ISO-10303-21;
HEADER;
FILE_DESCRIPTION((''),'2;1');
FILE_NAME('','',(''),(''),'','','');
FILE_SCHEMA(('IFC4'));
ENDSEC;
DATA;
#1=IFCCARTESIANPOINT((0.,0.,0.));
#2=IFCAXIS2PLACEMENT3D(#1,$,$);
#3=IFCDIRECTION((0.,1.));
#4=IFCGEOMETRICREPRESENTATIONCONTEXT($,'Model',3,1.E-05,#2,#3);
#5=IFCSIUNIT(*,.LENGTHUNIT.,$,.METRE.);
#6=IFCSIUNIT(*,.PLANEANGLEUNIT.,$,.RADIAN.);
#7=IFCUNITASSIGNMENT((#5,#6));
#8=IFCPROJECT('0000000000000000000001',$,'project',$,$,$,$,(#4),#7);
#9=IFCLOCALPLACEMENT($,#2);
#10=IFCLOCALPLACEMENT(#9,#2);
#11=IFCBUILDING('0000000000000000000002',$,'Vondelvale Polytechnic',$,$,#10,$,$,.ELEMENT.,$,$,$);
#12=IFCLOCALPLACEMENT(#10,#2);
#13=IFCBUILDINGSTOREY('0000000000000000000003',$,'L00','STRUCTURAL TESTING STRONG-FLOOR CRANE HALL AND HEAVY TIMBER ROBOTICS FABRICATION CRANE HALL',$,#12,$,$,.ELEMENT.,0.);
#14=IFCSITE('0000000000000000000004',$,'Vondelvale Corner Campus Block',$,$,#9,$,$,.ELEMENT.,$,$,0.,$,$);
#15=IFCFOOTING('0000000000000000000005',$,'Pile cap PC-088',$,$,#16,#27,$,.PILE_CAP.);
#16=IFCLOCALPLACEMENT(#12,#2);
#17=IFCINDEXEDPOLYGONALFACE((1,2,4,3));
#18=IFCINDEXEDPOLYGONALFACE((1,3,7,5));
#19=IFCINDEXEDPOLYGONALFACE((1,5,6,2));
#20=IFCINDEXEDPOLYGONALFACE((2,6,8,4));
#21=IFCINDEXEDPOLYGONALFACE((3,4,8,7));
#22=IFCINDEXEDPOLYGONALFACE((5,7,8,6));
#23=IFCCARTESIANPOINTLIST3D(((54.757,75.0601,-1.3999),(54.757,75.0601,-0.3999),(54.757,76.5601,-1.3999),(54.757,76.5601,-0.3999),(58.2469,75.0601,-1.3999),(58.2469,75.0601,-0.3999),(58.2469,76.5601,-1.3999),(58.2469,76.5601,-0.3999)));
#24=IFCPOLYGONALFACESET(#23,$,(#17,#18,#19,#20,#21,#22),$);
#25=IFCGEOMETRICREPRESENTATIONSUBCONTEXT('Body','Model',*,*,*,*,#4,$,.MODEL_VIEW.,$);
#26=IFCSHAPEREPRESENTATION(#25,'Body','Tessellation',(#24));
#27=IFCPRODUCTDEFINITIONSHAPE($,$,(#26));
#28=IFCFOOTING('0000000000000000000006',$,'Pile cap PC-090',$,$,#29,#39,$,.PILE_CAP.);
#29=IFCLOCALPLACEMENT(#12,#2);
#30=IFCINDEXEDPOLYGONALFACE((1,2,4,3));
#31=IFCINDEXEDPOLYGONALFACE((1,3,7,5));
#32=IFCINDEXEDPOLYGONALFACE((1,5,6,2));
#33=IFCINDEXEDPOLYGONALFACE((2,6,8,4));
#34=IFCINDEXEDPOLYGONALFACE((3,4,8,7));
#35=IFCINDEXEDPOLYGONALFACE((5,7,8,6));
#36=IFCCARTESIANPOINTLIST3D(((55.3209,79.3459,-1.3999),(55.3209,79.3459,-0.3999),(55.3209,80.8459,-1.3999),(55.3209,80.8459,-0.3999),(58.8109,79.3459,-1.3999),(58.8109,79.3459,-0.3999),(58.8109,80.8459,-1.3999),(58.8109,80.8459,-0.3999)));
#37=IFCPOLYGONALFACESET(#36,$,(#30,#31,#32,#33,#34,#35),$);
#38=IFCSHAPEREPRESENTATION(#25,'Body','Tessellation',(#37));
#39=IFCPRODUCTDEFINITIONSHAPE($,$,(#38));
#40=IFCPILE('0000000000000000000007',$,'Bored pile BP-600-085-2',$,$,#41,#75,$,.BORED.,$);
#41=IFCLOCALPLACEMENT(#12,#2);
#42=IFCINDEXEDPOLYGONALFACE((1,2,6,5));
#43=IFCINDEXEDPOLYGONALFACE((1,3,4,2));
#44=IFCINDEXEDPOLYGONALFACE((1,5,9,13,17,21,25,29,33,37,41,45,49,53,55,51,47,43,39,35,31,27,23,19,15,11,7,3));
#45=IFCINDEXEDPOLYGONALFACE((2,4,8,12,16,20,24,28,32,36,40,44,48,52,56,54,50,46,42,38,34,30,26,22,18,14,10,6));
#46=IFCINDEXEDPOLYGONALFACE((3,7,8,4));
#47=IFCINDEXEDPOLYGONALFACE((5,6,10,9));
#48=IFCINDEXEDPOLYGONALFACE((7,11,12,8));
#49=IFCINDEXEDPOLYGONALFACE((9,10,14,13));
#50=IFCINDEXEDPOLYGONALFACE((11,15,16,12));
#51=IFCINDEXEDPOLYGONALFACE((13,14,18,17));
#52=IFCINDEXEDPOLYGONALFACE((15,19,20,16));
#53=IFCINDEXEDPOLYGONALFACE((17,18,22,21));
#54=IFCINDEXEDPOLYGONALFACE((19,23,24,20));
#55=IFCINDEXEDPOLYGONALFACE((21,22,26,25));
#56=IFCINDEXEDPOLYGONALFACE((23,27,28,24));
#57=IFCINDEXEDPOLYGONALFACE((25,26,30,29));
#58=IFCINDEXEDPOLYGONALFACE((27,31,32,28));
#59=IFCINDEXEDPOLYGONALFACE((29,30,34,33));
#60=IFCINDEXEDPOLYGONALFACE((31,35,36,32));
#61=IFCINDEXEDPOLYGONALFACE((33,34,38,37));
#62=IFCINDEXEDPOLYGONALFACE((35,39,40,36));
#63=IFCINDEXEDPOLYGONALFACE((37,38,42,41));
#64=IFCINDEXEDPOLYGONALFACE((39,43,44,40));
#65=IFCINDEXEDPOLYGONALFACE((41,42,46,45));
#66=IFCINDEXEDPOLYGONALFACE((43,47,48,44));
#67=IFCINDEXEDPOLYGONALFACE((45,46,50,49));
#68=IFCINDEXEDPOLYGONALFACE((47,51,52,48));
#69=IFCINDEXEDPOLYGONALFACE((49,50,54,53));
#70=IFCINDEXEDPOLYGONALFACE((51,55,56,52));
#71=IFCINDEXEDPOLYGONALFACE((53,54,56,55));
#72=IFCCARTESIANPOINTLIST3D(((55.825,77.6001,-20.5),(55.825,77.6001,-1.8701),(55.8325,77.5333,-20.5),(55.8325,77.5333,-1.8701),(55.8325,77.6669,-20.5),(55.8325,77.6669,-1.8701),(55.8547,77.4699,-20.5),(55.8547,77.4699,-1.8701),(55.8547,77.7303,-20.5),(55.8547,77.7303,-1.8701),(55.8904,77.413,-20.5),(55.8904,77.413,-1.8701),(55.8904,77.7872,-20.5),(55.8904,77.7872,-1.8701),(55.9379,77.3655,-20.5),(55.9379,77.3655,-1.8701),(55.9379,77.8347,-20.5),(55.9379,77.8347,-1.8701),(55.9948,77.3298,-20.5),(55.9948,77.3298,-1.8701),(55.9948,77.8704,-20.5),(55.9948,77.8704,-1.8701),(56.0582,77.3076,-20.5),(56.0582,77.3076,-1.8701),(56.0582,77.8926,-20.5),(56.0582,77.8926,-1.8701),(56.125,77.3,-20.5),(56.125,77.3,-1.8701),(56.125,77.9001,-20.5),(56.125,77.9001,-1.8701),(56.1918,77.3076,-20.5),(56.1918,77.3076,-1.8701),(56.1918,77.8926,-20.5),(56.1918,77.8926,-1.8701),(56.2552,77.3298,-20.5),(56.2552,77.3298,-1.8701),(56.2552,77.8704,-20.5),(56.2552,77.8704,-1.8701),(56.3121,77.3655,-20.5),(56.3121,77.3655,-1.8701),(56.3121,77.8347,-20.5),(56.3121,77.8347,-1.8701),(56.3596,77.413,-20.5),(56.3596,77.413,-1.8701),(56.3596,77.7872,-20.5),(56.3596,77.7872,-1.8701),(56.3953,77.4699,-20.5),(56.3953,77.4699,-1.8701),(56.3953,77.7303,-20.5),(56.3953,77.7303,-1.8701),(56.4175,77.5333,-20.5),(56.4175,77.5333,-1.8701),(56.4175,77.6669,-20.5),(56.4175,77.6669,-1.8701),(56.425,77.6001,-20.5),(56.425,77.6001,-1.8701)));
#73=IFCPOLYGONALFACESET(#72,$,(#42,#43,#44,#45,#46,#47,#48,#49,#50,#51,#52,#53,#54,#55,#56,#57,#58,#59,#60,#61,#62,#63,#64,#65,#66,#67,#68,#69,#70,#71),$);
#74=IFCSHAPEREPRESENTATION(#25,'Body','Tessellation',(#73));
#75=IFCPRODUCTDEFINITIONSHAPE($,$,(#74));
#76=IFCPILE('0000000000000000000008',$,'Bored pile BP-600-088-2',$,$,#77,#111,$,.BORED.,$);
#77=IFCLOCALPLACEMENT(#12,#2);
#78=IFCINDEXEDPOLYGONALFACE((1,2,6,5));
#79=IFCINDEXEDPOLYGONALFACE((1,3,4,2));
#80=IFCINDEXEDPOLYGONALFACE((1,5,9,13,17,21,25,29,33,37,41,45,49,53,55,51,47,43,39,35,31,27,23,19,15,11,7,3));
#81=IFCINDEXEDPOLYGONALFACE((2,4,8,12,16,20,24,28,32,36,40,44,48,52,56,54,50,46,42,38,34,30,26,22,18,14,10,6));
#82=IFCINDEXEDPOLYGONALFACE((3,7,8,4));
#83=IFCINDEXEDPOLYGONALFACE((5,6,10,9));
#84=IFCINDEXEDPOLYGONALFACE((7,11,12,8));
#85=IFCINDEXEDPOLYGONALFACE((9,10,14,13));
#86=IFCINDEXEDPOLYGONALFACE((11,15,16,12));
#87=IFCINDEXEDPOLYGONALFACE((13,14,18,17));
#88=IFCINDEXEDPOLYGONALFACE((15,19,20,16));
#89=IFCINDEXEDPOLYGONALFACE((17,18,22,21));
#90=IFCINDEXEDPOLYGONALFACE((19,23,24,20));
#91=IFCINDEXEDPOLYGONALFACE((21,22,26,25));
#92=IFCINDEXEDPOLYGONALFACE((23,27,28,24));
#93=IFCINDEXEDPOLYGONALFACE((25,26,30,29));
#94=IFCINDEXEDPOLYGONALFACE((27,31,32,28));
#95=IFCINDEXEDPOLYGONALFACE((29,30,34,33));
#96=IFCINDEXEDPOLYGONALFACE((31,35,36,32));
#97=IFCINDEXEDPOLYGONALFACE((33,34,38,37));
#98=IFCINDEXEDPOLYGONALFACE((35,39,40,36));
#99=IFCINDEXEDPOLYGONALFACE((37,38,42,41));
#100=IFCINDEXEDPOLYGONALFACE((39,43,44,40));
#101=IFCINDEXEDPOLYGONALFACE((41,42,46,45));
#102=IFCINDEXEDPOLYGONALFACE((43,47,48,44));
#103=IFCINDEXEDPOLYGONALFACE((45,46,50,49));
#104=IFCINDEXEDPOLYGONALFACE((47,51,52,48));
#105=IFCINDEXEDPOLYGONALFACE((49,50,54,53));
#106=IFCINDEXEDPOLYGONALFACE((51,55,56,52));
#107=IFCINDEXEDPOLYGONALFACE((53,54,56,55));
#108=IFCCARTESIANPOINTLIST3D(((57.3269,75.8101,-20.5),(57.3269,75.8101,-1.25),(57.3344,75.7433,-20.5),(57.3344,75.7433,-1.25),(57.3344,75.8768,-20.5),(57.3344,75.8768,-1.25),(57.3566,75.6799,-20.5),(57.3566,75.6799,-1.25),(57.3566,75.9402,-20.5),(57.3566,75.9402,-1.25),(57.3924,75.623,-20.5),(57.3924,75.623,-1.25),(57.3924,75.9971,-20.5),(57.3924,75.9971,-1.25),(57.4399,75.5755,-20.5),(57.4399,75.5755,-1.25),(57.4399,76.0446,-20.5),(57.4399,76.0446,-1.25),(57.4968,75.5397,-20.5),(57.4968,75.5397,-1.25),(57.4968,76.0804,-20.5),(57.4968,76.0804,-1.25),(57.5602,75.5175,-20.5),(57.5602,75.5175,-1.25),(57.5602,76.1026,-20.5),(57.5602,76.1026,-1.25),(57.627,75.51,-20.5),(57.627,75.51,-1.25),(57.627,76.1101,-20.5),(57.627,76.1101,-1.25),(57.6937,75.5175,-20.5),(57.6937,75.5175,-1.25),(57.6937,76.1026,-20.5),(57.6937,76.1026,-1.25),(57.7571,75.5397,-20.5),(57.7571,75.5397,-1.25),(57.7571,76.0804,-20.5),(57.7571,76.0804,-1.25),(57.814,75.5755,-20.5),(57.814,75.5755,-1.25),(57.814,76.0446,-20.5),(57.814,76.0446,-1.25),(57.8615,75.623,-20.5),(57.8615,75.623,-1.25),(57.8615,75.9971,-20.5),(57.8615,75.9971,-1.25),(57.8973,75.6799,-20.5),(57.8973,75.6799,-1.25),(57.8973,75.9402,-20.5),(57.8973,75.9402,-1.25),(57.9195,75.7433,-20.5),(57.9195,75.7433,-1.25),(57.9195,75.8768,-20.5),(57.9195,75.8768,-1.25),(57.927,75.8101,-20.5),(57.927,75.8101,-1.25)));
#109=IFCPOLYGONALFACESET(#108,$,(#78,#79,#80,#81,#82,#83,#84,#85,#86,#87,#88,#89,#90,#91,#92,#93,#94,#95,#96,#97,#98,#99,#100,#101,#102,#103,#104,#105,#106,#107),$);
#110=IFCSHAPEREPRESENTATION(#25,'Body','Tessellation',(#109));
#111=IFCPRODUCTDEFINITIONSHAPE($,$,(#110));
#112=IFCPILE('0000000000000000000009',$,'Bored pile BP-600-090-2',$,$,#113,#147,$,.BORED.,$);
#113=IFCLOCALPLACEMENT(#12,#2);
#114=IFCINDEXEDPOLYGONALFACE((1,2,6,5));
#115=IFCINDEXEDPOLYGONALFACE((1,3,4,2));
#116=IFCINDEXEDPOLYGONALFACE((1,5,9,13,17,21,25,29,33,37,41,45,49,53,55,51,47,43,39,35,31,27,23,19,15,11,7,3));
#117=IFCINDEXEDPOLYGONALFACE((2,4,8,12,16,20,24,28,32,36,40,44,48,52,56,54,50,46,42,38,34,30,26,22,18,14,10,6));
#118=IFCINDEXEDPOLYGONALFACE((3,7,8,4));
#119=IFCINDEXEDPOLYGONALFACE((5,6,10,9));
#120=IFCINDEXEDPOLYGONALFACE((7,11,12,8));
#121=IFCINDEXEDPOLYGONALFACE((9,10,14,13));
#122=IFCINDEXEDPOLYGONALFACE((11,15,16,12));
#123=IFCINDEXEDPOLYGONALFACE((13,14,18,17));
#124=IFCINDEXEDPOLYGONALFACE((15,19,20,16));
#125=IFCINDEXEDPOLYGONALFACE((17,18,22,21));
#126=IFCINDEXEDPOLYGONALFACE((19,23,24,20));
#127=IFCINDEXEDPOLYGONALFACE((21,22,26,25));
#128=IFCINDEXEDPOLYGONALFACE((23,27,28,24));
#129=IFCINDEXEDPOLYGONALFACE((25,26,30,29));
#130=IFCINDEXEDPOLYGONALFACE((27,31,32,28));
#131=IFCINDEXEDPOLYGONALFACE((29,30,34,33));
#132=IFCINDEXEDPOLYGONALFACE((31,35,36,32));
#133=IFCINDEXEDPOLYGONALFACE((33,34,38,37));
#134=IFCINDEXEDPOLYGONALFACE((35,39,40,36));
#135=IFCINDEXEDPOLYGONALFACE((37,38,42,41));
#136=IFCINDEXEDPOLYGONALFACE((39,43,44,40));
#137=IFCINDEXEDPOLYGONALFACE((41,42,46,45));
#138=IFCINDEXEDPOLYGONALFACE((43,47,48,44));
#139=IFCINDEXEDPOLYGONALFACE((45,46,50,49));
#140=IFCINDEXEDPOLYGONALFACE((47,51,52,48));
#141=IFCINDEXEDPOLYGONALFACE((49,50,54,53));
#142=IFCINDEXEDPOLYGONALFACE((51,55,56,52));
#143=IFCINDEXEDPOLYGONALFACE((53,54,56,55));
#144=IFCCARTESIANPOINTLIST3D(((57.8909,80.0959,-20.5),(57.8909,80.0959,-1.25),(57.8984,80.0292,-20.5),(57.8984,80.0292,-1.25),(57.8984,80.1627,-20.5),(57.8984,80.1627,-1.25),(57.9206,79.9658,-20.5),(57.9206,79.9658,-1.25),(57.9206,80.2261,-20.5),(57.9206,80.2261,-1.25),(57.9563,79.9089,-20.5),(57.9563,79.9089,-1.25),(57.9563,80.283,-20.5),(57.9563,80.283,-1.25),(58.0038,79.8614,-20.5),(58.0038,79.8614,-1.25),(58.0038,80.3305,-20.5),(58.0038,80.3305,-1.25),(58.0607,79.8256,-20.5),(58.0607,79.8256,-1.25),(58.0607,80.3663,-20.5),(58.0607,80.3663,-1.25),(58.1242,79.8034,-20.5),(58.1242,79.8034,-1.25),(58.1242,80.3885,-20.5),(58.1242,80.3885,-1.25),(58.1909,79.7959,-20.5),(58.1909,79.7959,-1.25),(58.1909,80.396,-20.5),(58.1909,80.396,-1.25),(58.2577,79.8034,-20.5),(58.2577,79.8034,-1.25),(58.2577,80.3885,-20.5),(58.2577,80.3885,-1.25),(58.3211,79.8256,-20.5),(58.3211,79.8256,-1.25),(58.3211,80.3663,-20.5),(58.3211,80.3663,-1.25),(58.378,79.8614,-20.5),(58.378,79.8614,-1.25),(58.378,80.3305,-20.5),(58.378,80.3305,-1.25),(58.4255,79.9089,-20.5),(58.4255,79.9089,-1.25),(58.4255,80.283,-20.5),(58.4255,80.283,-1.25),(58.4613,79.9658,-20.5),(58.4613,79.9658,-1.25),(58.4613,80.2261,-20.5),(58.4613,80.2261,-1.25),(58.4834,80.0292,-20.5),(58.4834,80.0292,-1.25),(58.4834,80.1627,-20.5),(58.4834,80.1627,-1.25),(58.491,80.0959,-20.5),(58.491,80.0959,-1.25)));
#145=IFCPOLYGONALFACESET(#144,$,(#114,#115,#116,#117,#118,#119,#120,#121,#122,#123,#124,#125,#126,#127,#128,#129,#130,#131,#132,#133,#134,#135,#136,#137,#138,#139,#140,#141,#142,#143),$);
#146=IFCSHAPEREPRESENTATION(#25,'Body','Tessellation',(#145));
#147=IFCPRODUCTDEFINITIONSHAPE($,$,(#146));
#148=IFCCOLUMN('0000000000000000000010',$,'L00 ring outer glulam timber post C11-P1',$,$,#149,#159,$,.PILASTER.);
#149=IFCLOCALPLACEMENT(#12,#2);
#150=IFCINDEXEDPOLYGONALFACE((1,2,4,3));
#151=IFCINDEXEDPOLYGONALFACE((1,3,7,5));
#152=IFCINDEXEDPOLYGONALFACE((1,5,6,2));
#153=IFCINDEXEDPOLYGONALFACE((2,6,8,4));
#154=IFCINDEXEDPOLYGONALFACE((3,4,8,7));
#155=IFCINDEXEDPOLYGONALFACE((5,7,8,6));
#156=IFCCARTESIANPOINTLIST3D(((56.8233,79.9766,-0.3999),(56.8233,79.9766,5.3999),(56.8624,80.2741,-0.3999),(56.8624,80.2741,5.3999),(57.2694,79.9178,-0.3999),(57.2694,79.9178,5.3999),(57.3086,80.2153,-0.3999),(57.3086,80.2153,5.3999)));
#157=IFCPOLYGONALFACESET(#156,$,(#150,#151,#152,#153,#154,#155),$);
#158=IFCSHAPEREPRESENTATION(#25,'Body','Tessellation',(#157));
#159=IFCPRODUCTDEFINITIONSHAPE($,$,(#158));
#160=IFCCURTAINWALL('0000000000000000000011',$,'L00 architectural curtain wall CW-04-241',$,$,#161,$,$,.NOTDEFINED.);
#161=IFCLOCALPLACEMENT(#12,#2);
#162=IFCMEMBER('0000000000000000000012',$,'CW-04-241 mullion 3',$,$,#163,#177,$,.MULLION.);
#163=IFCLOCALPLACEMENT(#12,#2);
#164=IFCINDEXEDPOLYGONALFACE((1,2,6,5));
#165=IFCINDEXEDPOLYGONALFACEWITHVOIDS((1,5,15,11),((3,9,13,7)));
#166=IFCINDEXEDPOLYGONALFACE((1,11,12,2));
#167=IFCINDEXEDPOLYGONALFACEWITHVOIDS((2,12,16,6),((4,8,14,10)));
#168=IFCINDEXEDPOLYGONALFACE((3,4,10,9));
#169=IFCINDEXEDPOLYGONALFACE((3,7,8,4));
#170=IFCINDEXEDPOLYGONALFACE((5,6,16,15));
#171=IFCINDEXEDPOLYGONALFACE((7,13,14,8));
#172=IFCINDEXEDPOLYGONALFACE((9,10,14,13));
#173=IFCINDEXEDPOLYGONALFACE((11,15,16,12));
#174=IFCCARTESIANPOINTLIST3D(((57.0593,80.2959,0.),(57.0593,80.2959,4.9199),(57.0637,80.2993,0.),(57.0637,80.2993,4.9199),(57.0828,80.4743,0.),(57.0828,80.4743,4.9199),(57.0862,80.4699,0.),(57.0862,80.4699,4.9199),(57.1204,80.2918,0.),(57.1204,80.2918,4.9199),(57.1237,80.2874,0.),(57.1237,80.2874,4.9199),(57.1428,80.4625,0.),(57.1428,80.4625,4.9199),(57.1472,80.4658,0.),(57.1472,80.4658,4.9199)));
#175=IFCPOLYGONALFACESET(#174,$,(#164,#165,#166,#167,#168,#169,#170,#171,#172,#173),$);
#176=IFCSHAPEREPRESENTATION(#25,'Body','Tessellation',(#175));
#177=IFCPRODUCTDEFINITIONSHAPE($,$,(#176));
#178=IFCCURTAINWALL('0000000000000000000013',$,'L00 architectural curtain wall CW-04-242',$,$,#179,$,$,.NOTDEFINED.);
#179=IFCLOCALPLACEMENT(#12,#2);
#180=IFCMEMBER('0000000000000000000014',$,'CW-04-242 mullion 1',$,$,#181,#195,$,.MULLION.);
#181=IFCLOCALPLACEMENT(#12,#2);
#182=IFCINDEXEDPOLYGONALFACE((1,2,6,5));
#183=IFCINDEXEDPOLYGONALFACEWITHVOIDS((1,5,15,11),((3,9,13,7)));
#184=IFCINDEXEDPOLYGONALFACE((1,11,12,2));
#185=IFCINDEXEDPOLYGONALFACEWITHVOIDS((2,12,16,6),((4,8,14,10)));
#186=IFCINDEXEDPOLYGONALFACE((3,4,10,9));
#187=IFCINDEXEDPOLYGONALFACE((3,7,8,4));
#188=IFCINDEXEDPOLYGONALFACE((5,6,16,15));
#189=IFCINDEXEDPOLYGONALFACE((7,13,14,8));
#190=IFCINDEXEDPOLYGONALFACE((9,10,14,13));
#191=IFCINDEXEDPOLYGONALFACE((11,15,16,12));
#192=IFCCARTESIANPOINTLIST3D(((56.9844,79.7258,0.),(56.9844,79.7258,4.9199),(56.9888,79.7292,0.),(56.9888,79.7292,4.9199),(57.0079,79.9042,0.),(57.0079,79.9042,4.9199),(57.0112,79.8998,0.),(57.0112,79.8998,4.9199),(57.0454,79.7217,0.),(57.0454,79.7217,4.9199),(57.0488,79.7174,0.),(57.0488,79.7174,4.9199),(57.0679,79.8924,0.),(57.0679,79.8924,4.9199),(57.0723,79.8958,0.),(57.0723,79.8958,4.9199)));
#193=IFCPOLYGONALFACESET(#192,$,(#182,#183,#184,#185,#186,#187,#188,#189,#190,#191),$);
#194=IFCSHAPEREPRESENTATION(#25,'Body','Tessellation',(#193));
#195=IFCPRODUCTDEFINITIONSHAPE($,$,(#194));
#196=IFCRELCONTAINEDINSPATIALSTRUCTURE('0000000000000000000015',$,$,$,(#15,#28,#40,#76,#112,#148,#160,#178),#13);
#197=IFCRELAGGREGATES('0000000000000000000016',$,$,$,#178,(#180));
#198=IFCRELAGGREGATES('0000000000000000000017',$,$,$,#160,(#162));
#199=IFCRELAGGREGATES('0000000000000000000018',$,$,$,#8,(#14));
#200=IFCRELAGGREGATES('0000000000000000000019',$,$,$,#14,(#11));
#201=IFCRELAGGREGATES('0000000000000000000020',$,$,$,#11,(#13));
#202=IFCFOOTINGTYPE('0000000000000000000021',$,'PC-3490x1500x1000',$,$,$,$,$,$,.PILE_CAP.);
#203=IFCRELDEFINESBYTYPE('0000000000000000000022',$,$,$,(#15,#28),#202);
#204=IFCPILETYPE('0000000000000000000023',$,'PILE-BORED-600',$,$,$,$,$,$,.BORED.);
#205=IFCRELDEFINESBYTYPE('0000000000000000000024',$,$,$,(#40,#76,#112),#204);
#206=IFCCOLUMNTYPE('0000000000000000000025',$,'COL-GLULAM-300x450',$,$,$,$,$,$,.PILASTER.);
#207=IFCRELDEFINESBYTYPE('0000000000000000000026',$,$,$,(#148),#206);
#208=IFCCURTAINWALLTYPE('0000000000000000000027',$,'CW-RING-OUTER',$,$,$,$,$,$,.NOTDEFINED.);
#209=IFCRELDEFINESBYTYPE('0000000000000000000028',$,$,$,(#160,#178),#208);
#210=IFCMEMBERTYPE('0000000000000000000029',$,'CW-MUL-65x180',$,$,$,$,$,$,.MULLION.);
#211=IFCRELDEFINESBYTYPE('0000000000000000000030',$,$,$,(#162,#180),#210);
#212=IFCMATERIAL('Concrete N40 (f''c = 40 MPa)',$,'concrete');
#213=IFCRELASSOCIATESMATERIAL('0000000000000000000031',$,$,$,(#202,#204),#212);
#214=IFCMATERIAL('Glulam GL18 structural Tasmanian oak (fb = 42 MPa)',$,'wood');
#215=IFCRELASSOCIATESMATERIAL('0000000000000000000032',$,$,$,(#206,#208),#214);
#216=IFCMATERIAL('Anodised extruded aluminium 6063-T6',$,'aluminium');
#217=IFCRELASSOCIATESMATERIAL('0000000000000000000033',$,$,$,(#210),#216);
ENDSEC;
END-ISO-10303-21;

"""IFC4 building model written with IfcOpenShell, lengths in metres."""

from ifc_helpers import new_model, si_unit, direction, frame, origin, origin_2d, place, context, subcontext, project, spatial, rectangle, hollow_rectangle, circle, extrude, material, material_profile, profile_set, type_object, element, aggregate, save


model = new_model("IFC4")

# Units and contexts
model_context = context("Model", 3, precision=1e-05, world=origin(), true_north=direction((0.0, 1.0)))
body_context = subcontext(model_context, "Body", "Model", "MODEL_VIEW")
ifc_project = project(units=[si_unit("LENGTHUNIT", "METRE"), si_unit("PLANEANGLEUNIT", "RADIAN")], contexts=[model_context])

# Site, building, storey
site_placement = place(None, origin())
site = spatial("IfcSite", under=ifc_project, at=site_placement, Name="Vondelvale Corner Campus Block", CompositionType="ELEMENT", RefElevation=0.0)
building_placement = place(site_placement, origin())
building = spatial("IfcBuilding", under=site, at=building_placement, Name="Vondelvale Polytechnic", CompositionType="ELEMENT")
storey_placement = place(building_placement, origin())
storey = spatial("IfcBuildingStorey", under=building, at=storey_placement, Name="L00", Description="STRUCTURAL TESTING STRONG-FLOOR CRANE HALL AND HEAVY TIMBER ROBOTICS FABRICATION CRANE HALL", CompositionType="ELEMENT", Elevation=0.0)

# Footings
ifc_material_1 = material(Name="Concrete N40 (f'c = 40 MPa)", Category="concrete")
footing_type = type_object("IfcFootingType", Name="PC-3490x1500x1000", PredefinedType="PILE_CAP", material=ifc_material_1)
for number, where, z_axis, x_axis, name in (
    (1, (56.502, 75.8101, -1.3999), (0.0, 0.0, 1.0), (1.0, 0.0, 0.0), "Pile cap PC-088"),
    (2, (57.0659, 80.0959, -1.3999), (0.0, 0.0, 1.0), (1.0, 0.0, 0.0), "Pile cap PC-090"),
):
    element("IfcFooting", number, at=place(storey_placement, frame(where, z_axis=z_axis, x_axis=x_axis)), inside=storey, type_object=footing_type, Name=name, PredefinedType="PILE_CAP", context=body_context, shape_type="SweptSolid", body=[
        extrude(rectangle(XDim=3.49, YDim=1.5, at=origin_2d()), origin(), (0.0, 0.0, 1.0), 1.0),
    ])

# Piles
ifc_material_profile_1 = material_profile(ifc_material_1, circle(Radius=0.3, at=origin_2d()), Name="PILE-D600")
ifc_profile_set_1 = profile_set([ifc_material_profile_1], Name="Concrete N40 (f'c = 40 MPa)")
pile_type = type_object("IfcPileType", Name="PILE-BORED-600", PredefinedType="BORED", material=ifc_profile_set_1)
pile_placement = place(storey_placement, frame((56.125, 77.6001, -1.8701), z_axis=(0.0, 0.0, -1.0), x_axis=(1.0, 0.0, 0.0)))
element("IfcPile", 3, at=pile_placement, inside=storey, type_object=pile_type, Name="Bored pile BP-600-085-2", PredefinedType="BORED", context=body_context, shape_type="SweptSolid", body=[
    extrude(circle(Radius=0.3, at=origin_2d()), origin(), (0.0, 0.0, 1.0), 18.6299),
])
for number, where, z_axis, x_axis, name in (
    (4, (57.627, 75.8101, -1.25), (0.0, 0.0, -1.0), (1.0, 0.0, 0.0), "Bored pile BP-600-088-2"),
    (5, (58.1909, 80.0959, -1.25), (0.0, 0.0, -1.0), (1.0, 0.0, 0.0), "Bored pile BP-600-090-2"),
):
    element("IfcPile", number, at=place(storey_placement, frame(where, z_axis=z_axis, x_axis=x_axis)), inside=storey, type_object=pile_type, Name=name, PredefinedType="BORED", context=body_context, shape_type="SweptSolid", body=[
        extrude(circle(Radius=0.3, at=origin_2d()), origin(), (0.0, 0.0, 1.0), 19.25),
    ])

# Column
ifc_material_2 = material(Name="Glulam GL18 structural Tasmanian oak (fb = 42 MPa)", Category="wood")
ifc_material_profile_2 = material_profile(ifc_material_2, rectangle(XDim=0.3, YDim=0.45, at=origin_2d()), Name="GL-POST-300x450")
ifc_profile_set_2 = profile_set([ifc_material_profile_2], Name="Glulam GL18 structural Tasmanian oak (fb = 42 MPa)")
column_type = type_object("IfcColumnType", Name="COL-GLULAM-300x450", PredefinedType="PILASTER", material=ifc_profile_set_2)
column_placement = place(storey_placement, frame((57.0659, 80.0959, -0.3999), z_axis=(0.0, 0.0, 1.0), x_axis=(0.130526, 0.991445, 0.0)))
element("IfcColumn", 6, at=column_placement, inside=storey, type_object=column_type, Name="L00 ring outer glulam timber post C11-P1", PredefinedType="PILASTER", context=body_context, shape_type="SweptSolid", body=[
    extrude(rectangle(XDim=0.3, YDim=0.45, at=origin_2d()), origin(), (0.0, 0.0, 1.0), 5.7998),
])

# Curtain wall, member
curtain_wall_type = type_object("IfcCurtainWallType", Name="CW-RING-OUTER", PredefinedType="NOTDEFINED", material=ifc_material_2)
curtain_wall_1_placement = place(storey_placement, origin())
curtain_wall_1 = element("IfcCurtainWall", 7, at=curtain_wall_1_placement, inside=storey, type_object=curtain_wall_type, Name="L00 architectural curtain wall CW-04-241", PredefinedType="NOTDEFINED")
ifc_material_3 = material(Name="Anodised extruded aluminium 6063-T6", Category="aluminium")
ifc_material_profile_3 = material_profile(ifc_material_3, hollow_rectangle(XDim=0.0649, YDim=0.1799, WallThickness=0.0039, at=origin_2d()), Name="CW-MUL-180x65")
ifc_profile_set_3 = profile_set([ifc_material_profile_3], Name="Anodised extruded aluminium 6063-T6")
member_type_1 = type_object("IfcMemberType", Name="CW-MUL-65x180", PredefinedType="MULLION", material=ifc_profile_set_3)
member_1_placement = place(storey_placement, frame((57.1033, 80.3809, 0.0), z_axis=(0.0, 0.0, 1.0), x_axis=(0.991445, -0.130524, 0.0)))
member_1 = element("IfcMember", 8, at=member_1_placement, type_object=member_type_1, Name="CW-04-241 mullion 3", PredefinedType="MULLION", context=body_context, shape_type="SweptSolid", body=[
    extrude(hollow_rectangle(XDim=0.0649, YDim=0.1799, WallThickness=0.0039, at=origin_2d()), origin(), (0.0, 0.0, 1.0), 4.9199),
])

# Curtain wall, member
curtain_wall_2_placement = place(storey_placement, origin())
curtain_wall_2 = element("IfcCurtainWall", 9, at=curtain_wall_2_placement, inside=storey, type_object=curtain_wall_type, Name="L00 architectural curtain wall CW-04-242", PredefinedType="NOTDEFINED")
member_2_placement = place(storey_placement, frame((57.0283, 79.8108, 0.0), z_axis=(0.0, 0.0, 1.0), x_axis=(0.991449, -0.130497, 0.0)))
member_2 = element("IfcMember", 10, at=member_2_placement, type_object=member_type_1, Name="CW-04-242 mullion 1", PredefinedType="MULLION", context=body_context, shape_type="SweptSolid", body=[
    extrude(hollow_rectangle(XDim=0.0649, YDim=0.1799, WallThickness=0.0039, at=origin_2d()), origin(), (0.0, 0.0, 1.0), 4.9199),
])

aggregate(curtain_wall_2, [member_2])
aggregate(curtain_wall_1, [member_1])

save(model, "model.ifc")
